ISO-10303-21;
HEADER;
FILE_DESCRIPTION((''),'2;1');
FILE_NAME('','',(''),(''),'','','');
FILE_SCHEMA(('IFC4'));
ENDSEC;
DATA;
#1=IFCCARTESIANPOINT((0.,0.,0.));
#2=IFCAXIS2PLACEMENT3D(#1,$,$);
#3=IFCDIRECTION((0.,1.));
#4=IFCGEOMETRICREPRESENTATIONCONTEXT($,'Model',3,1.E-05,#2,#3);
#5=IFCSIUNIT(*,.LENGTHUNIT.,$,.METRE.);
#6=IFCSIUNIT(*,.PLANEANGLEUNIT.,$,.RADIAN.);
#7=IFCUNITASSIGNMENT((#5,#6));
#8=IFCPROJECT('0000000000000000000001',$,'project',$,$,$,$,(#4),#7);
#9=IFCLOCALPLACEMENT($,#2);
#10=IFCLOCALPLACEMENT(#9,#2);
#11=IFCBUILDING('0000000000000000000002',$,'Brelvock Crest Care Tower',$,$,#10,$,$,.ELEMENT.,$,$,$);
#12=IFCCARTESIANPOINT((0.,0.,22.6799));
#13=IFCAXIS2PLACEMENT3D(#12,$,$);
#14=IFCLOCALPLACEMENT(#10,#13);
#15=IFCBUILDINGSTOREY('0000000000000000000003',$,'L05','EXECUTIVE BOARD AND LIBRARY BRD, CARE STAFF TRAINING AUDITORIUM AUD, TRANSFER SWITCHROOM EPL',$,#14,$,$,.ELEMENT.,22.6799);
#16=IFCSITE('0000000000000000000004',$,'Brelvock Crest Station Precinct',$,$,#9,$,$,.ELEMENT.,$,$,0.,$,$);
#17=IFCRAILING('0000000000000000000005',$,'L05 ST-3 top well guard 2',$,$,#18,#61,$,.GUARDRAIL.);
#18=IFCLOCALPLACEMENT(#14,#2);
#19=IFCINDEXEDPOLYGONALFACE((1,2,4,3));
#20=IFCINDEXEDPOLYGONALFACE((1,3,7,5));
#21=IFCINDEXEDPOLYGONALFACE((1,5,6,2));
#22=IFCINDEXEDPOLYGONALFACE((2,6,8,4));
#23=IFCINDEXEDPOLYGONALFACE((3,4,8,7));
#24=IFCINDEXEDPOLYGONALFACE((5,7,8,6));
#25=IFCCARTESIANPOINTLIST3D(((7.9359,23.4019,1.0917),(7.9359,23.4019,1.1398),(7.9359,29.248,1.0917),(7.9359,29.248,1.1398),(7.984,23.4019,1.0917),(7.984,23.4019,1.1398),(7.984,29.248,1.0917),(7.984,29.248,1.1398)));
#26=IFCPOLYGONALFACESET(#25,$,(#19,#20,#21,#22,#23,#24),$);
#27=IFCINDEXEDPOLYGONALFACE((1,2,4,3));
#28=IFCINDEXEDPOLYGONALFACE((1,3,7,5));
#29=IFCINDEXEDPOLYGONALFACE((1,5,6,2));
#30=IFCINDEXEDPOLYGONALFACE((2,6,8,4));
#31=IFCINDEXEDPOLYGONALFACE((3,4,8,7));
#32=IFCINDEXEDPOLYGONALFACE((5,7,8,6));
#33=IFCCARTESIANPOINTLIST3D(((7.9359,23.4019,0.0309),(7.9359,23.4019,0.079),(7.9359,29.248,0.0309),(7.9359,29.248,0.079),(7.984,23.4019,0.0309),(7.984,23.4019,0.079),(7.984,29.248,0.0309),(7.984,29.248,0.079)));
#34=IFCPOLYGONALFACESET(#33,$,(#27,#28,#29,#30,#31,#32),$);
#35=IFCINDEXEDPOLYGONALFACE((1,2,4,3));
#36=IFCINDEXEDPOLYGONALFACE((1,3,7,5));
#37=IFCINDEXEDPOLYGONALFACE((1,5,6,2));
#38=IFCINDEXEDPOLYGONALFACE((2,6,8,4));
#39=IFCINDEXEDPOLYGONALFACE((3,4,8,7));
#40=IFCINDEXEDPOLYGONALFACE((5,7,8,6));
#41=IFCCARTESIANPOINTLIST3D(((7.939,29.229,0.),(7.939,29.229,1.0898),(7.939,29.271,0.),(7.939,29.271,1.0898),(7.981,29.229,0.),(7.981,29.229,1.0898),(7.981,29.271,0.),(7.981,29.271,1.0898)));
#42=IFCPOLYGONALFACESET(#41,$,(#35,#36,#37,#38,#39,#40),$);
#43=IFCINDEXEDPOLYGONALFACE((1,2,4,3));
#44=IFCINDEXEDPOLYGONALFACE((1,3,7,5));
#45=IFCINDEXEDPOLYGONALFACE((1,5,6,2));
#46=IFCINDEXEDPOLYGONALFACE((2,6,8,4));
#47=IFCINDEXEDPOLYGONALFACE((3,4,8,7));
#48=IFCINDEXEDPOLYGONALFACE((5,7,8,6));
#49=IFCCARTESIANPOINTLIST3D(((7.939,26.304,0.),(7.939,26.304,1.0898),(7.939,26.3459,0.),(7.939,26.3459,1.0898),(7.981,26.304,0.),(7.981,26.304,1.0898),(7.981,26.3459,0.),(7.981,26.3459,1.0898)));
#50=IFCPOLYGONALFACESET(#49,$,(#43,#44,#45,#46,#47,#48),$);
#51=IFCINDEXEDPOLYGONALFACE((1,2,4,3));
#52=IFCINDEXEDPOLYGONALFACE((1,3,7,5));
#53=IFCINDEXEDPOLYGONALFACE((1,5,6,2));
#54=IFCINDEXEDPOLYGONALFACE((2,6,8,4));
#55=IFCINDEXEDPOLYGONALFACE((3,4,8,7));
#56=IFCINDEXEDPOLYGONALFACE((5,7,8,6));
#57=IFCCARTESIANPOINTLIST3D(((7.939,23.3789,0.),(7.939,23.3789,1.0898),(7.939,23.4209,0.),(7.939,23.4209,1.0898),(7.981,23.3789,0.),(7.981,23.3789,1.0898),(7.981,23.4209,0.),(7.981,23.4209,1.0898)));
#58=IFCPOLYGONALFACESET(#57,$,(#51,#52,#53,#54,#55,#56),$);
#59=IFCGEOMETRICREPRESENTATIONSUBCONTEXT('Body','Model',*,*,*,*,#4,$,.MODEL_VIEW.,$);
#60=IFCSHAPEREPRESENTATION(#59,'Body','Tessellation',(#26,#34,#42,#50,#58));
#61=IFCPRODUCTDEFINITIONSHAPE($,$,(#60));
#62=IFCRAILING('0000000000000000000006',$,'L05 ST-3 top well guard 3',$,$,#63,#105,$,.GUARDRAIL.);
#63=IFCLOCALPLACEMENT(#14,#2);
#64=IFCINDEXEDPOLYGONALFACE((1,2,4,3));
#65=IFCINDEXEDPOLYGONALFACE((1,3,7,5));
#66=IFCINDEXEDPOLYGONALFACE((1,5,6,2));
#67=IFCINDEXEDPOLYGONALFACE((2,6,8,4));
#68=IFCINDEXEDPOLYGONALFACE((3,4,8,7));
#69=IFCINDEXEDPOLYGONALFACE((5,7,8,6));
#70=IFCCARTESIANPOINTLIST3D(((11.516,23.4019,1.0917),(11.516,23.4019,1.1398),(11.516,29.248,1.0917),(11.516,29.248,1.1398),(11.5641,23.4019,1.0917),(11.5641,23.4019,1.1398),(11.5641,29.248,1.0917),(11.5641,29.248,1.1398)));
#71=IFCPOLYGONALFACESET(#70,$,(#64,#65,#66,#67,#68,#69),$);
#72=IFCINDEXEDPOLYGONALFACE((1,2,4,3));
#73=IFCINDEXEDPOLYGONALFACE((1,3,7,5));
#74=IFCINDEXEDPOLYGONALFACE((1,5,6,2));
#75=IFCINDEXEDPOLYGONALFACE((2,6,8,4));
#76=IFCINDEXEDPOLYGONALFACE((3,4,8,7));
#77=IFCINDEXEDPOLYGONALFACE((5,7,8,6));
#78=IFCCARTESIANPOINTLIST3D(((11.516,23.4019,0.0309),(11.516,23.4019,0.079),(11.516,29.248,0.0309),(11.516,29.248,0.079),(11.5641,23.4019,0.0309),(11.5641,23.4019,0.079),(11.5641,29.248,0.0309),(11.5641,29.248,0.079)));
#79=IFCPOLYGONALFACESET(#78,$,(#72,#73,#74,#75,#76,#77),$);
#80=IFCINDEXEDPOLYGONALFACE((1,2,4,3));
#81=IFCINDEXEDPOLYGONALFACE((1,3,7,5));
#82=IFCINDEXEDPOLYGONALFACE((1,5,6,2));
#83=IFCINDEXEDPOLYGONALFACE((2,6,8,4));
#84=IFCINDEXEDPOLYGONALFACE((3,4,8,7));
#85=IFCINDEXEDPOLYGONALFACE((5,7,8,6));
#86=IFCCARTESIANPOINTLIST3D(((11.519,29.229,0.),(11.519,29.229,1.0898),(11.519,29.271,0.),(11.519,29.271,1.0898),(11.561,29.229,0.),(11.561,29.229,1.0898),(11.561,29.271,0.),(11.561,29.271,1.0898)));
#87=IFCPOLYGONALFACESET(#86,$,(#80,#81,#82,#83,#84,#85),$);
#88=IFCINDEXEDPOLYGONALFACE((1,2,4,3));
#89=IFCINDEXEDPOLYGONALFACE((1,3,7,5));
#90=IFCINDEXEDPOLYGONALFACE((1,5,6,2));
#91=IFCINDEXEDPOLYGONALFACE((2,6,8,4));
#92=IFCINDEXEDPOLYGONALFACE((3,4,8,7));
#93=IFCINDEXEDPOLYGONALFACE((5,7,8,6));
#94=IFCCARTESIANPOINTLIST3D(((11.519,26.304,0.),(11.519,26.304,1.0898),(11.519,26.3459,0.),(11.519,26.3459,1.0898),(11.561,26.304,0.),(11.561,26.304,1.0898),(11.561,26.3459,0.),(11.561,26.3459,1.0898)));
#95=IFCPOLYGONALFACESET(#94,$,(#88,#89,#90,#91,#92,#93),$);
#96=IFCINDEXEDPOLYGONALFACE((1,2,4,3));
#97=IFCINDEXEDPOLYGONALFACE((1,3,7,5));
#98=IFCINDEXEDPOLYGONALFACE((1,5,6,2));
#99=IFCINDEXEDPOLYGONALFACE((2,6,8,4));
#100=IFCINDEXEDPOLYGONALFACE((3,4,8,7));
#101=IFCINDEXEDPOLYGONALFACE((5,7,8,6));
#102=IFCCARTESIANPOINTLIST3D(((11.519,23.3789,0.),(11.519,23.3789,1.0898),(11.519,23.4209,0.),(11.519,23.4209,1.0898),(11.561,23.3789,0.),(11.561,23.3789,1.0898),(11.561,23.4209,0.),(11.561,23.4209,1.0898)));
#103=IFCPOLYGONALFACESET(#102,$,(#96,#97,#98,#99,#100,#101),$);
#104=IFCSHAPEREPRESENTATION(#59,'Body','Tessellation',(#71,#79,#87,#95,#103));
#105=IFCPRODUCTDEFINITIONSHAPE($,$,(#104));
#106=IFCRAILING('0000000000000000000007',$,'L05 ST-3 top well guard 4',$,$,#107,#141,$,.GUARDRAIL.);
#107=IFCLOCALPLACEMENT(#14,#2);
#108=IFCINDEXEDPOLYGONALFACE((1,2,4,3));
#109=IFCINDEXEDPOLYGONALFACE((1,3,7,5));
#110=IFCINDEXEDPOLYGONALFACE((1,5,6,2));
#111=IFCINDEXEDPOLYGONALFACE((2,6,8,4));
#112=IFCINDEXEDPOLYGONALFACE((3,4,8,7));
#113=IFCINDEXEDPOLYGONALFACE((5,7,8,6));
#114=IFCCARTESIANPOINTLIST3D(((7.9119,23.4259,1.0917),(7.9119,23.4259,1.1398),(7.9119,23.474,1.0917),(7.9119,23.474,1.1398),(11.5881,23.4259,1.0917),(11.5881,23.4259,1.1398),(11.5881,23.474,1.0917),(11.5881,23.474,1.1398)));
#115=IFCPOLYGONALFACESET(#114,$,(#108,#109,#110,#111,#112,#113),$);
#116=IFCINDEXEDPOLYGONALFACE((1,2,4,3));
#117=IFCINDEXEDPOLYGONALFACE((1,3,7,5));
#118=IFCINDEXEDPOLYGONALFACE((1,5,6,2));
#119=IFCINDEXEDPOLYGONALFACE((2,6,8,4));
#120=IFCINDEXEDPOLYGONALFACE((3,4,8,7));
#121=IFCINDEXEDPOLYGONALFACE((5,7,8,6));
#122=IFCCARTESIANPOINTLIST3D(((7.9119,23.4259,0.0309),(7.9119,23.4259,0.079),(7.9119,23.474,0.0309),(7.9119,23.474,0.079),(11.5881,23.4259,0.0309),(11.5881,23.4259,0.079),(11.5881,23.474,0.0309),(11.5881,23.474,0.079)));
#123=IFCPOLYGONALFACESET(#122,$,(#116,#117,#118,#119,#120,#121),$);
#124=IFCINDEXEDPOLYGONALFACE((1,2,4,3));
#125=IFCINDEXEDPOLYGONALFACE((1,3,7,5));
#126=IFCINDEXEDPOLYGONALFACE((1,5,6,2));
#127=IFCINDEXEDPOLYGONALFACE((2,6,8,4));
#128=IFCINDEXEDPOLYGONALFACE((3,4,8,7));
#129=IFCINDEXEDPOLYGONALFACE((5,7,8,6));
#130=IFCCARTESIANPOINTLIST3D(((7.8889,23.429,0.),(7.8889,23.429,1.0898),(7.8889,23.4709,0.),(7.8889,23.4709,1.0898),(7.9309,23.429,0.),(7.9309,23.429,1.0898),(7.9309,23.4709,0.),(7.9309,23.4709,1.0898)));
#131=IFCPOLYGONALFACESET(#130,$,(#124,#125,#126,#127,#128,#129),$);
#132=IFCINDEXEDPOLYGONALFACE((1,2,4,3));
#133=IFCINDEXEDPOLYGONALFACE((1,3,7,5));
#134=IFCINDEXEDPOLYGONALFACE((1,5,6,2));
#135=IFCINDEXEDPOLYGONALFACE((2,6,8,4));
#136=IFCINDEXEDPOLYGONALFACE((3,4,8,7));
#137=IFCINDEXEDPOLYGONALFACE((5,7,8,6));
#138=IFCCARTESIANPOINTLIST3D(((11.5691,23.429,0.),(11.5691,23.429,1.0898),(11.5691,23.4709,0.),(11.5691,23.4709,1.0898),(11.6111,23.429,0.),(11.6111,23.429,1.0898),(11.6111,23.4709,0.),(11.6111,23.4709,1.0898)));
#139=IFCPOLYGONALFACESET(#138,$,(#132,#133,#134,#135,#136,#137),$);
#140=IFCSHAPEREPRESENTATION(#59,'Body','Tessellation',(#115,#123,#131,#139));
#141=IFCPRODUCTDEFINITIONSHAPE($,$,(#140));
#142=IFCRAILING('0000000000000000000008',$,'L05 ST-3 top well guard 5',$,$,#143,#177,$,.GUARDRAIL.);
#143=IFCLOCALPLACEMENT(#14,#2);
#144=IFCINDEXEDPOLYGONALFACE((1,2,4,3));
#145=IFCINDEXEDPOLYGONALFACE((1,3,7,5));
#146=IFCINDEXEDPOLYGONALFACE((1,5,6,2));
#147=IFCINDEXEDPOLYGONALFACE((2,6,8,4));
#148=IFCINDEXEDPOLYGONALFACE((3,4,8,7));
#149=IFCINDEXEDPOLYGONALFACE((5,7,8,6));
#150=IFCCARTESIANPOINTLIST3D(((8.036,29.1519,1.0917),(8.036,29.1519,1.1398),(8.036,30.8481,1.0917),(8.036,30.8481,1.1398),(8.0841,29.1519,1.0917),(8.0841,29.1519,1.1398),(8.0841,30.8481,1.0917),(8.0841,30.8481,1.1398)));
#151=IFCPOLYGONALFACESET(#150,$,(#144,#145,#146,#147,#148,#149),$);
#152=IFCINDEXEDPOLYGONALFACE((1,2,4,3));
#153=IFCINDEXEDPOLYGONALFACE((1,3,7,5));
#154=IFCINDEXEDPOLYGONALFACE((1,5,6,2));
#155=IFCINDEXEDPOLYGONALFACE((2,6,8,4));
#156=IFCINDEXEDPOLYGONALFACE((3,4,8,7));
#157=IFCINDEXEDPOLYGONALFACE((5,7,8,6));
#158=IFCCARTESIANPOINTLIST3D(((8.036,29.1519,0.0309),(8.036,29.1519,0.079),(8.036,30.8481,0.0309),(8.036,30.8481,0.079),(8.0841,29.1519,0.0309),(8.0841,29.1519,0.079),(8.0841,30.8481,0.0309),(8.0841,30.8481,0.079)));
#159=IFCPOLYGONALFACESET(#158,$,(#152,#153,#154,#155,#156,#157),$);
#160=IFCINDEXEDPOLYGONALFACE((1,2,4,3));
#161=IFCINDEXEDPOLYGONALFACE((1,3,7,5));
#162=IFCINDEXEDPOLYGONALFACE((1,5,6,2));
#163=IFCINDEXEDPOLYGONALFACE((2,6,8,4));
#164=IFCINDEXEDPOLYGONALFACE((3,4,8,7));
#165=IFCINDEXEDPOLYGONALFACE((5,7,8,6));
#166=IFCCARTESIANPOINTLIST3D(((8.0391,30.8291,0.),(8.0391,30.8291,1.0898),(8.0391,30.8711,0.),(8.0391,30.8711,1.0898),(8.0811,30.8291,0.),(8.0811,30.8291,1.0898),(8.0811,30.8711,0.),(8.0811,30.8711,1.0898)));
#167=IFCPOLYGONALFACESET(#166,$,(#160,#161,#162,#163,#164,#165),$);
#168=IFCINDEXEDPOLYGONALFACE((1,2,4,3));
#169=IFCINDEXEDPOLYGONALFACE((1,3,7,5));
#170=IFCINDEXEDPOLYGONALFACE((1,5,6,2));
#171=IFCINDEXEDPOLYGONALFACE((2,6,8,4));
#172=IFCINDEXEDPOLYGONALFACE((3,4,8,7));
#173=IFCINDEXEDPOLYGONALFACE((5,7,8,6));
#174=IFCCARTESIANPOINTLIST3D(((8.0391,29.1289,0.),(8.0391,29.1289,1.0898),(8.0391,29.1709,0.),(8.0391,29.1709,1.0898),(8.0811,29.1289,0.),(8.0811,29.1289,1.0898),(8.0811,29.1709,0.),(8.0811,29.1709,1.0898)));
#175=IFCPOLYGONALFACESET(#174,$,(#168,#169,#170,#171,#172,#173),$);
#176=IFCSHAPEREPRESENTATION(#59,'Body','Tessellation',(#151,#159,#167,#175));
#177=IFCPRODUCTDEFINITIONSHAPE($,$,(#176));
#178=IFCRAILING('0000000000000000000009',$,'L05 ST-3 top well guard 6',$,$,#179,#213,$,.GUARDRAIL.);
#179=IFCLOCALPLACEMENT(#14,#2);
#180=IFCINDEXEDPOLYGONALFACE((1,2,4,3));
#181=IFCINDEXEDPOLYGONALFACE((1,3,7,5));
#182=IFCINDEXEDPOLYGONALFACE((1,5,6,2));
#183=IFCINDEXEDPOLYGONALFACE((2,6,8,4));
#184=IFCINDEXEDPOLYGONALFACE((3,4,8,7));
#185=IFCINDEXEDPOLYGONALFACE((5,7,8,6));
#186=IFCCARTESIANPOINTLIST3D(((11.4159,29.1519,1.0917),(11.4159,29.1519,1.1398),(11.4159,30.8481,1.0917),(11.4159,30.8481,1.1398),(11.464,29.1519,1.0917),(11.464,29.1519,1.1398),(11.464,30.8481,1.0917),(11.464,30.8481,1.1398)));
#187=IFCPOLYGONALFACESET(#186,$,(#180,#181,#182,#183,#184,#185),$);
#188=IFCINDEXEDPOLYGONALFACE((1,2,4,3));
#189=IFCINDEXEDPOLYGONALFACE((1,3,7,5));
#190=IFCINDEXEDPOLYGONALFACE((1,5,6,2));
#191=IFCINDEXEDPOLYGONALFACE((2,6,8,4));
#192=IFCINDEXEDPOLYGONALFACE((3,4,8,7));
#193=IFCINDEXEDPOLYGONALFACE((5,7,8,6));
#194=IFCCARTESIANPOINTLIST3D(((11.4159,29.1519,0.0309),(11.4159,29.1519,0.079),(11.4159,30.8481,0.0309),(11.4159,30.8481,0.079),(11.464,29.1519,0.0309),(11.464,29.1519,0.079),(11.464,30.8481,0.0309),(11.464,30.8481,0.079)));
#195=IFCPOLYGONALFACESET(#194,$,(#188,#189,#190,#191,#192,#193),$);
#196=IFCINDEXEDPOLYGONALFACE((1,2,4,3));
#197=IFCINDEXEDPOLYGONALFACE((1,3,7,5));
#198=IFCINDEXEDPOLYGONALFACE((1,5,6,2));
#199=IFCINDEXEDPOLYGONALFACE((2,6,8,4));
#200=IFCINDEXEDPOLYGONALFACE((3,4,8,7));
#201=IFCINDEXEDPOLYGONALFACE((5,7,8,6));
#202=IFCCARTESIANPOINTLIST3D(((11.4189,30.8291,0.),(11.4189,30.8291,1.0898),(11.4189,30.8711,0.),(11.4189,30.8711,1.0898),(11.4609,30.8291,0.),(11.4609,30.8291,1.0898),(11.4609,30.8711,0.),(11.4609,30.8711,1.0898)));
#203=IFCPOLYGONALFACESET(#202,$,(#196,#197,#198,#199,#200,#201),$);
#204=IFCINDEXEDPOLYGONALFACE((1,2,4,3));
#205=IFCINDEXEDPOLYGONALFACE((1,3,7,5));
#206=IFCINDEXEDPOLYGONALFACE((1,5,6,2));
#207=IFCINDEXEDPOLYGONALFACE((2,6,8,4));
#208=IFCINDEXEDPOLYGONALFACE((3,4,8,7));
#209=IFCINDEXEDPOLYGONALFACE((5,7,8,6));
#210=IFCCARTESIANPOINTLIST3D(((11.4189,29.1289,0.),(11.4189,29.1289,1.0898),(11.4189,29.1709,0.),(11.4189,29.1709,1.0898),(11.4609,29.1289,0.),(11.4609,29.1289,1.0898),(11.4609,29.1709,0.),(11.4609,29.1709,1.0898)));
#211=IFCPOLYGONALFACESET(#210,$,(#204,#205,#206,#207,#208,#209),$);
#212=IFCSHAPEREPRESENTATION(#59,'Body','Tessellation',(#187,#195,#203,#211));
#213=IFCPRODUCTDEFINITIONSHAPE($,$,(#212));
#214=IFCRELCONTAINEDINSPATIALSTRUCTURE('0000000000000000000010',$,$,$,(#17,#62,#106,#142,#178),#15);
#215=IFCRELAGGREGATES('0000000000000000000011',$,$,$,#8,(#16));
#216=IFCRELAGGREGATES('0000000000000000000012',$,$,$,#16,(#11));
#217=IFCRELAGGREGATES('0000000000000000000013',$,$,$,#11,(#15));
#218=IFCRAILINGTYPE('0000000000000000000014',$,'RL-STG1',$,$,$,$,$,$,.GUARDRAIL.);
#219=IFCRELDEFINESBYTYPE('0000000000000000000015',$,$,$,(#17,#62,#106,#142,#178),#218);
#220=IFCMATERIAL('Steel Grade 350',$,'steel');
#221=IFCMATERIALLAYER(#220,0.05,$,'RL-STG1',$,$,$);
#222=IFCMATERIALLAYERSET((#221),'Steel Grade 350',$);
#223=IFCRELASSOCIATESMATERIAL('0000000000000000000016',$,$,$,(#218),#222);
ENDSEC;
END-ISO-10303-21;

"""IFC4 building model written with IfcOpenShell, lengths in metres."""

from ifc_helpers import new_model, si_unit, direction, frame, origin, origin_2d, place, context, subcontext, project, spatial, rectangle, extrude, material, layer, layer_set, type_object, element, save


model = new_model("IFC4")

# Units and contexts
model_context = context("Model", 3, precision=1e-05, world=origin(), true_north=direction((0.0, 1.0)))
body_context = subcontext(model_context, "Body", "Model", "MODEL_VIEW")
ifc_project = project(units=[si_unit("LENGTHUNIT", "METRE"), si_unit("PLANEANGLEUNIT", "RADIAN")], contexts=[model_context])

# Site, building, storey
site_placement = place(None, origin())
site = spatial("IfcSite", under=ifc_project, at=site_placement, Name="Brelvock Crest Station Precinct", CompositionType="ELEMENT", RefElevation=0.0)
building_placement = place(site_placement, origin())
building = spatial("IfcBuilding", under=site, at=building_placement, Name="Brelvock Crest Care Tower", CompositionType="ELEMENT")
storey_placement = place(building_placement, frame((0.0, 0.0, 22.6799)))
storey = spatial("IfcBuildingStorey", under=building, at=storey_placement, Name="L05", Description="EXECUTIVE BOARD AND LIBRARY BRD, CARE STAFF TRAINING AUDITORIUM AUD, TRANSFER SWITCHROOM EPL", CompositionType="ELEMENT", Elevation=22.6799)

# Shared definitions
ifc_material_1 = material(Name="Steel Grade 350", Category="steel")

# Railings
ifc_layer_1 = layer(ifc_material_1, 0.05, Name="RL-STG1")
ifc_layer_set_1 = layer_set([ifc_layer_1], Name="Steel Grade 350")
railing_type = type_object("IfcRailingType", Name="RL-STG1", PredefinedType="GUARDRAIL", material=ifc_layer_set_1)
for number, where, name in (
    (1, (7.96, 29.25, 0.0), "L05 ST-3 top well guard 2"),
    (2, (11.54, 29.25, 0.0), "L05 ST-3 top well guard 3"),
):
    element("IfcRailing", number, at=place(storey_placement, frame(where)), inside=storey, type_object=railing_type, Name=name, PredefinedType="GUARDRAIL", context=body_context, shape_type="SweptSolid", body=[
        extrude(rectangle(XDim=0.0481, YDim=0.0481, at=origin_2d()), frame((0.0, -0.002, 1.1157), z_axis=(0.0, -1.0, 0.0), x_axis=(1.0, 0.0, 0.0)), (0.0, 0.0, 1.0), 5.8462),
        extrude(rectangle(XDim=0.0481, YDim=0.0481, at=origin_2d()), frame((0.0, -0.002, 0.0549), z_axis=(0.0, -1.0, 0.0), x_axis=(1.0, 0.0, 0.0)), (0.0, 0.0, 1.0), 5.8462),
        extrude(rectangle(XDim=0.042, YDim=0.042, at=origin_2d()), origin(), (0.0, 0.0, 1.0), 1.0898),
        extrude(rectangle(XDim=0.042, YDim=0.042, at=origin_2d()), frame((0.0, -2.925, 0.0)), (0.0, 0.0, 1.0), 1.0898),
        extrude(rectangle(XDim=0.042, YDim=0.042, at=origin_2d()), frame((0.0, -5.8501, 0.0)), (0.0, 0.0, 1.0), 1.0898),
    ])
railing_1_placement = place(storey_placement, frame((7.9099, 23.45, 0.0)))
element("IfcRailing", 3, at=railing_1_placement, inside=storey, type_object=railing_type, Name="L05 ST-3 top well guard 4", PredefinedType="GUARDRAIL", context=body_context, shape_type="SweptSolid", body=[
    extrude(rectangle(XDim=0.0481, YDim=0.0481, at=origin_2d()), frame((0.002, 0.0, 1.1157), z_axis=(1.0, 0.0, 0.0), x_axis=(0.0, 1.0, 0.0)), (0.0, 0.0, 1.0), 3.6763),
    extrude(rectangle(XDim=0.0481, YDim=0.0481, at=origin_2d()), frame((0.002, 0.0, 0.0549), z_axis=(1.0, 0.0, 0.0), x_axis=(0.0, 1.0, 0.0)), (0.0, 0.0, 1.0), 3.6763),
    extrude(rectangle(XDim=0.042, YDim=0.042, at=origin_2d()), origin(), (0.0, 0.0, 1.0), 1.0898),
    extrude(rectangle(XDim=0.042, YDim=0.042, at=origin_2d()), frame((3.6802, 0.0, 0.0)), (0.0, 0.0, 1.0), 1.0898),
])
for number, where, name in (
    (4, (8.0601, 30.8501, 0.0), "L05 ST-3 top well guard 5"),
    (5, (11.4399, 30.8501, 0.0), "L05 ST-3 top well guard 6"),
):
    element("IfcRailing", number, at=place(storey_placement, frame(where)), inside=storey, type_object=railing_type, Name=name, PredefinedType="GUARDRAIL", context=body_context, shape_type="SweptSolid", body=[
        extrude(rectangle(XDim=0.0481, YDim=0.0481, at=origin_2d()), frame((0.0, -0.002, 1.1157), z_axis=(0.0, -1.0, 0.0), x_axis=(1.0, 0.0, 0.0)), (0.0, 0.0, 1.0), 1.6963),
        extrude(rectangle(XDim=0.0481, YDim=0.0481, at=origin_2d()), frame((0.0, -0.002, 0.0549), z_axis=(0.0, -1.0, 0.0), x_axis=(1.0, 0.0, 0.0)), (0.0, 0.0, 1.0), 1.6963),
        extrude(rectangle(XDim=0.042, YDim=0.042, at=origin_2d()), origin(), (0.0, 0.0, 1.0), 1.0898),
        extrude(rectangle(XDim=0.042, YDim=0.042, at=origin_2d()), frame((0.0, -1.7002, 0.0)), (0.0, 0.0, 1.0), 1.0898),
    ])

save(model, "model.ifc")
